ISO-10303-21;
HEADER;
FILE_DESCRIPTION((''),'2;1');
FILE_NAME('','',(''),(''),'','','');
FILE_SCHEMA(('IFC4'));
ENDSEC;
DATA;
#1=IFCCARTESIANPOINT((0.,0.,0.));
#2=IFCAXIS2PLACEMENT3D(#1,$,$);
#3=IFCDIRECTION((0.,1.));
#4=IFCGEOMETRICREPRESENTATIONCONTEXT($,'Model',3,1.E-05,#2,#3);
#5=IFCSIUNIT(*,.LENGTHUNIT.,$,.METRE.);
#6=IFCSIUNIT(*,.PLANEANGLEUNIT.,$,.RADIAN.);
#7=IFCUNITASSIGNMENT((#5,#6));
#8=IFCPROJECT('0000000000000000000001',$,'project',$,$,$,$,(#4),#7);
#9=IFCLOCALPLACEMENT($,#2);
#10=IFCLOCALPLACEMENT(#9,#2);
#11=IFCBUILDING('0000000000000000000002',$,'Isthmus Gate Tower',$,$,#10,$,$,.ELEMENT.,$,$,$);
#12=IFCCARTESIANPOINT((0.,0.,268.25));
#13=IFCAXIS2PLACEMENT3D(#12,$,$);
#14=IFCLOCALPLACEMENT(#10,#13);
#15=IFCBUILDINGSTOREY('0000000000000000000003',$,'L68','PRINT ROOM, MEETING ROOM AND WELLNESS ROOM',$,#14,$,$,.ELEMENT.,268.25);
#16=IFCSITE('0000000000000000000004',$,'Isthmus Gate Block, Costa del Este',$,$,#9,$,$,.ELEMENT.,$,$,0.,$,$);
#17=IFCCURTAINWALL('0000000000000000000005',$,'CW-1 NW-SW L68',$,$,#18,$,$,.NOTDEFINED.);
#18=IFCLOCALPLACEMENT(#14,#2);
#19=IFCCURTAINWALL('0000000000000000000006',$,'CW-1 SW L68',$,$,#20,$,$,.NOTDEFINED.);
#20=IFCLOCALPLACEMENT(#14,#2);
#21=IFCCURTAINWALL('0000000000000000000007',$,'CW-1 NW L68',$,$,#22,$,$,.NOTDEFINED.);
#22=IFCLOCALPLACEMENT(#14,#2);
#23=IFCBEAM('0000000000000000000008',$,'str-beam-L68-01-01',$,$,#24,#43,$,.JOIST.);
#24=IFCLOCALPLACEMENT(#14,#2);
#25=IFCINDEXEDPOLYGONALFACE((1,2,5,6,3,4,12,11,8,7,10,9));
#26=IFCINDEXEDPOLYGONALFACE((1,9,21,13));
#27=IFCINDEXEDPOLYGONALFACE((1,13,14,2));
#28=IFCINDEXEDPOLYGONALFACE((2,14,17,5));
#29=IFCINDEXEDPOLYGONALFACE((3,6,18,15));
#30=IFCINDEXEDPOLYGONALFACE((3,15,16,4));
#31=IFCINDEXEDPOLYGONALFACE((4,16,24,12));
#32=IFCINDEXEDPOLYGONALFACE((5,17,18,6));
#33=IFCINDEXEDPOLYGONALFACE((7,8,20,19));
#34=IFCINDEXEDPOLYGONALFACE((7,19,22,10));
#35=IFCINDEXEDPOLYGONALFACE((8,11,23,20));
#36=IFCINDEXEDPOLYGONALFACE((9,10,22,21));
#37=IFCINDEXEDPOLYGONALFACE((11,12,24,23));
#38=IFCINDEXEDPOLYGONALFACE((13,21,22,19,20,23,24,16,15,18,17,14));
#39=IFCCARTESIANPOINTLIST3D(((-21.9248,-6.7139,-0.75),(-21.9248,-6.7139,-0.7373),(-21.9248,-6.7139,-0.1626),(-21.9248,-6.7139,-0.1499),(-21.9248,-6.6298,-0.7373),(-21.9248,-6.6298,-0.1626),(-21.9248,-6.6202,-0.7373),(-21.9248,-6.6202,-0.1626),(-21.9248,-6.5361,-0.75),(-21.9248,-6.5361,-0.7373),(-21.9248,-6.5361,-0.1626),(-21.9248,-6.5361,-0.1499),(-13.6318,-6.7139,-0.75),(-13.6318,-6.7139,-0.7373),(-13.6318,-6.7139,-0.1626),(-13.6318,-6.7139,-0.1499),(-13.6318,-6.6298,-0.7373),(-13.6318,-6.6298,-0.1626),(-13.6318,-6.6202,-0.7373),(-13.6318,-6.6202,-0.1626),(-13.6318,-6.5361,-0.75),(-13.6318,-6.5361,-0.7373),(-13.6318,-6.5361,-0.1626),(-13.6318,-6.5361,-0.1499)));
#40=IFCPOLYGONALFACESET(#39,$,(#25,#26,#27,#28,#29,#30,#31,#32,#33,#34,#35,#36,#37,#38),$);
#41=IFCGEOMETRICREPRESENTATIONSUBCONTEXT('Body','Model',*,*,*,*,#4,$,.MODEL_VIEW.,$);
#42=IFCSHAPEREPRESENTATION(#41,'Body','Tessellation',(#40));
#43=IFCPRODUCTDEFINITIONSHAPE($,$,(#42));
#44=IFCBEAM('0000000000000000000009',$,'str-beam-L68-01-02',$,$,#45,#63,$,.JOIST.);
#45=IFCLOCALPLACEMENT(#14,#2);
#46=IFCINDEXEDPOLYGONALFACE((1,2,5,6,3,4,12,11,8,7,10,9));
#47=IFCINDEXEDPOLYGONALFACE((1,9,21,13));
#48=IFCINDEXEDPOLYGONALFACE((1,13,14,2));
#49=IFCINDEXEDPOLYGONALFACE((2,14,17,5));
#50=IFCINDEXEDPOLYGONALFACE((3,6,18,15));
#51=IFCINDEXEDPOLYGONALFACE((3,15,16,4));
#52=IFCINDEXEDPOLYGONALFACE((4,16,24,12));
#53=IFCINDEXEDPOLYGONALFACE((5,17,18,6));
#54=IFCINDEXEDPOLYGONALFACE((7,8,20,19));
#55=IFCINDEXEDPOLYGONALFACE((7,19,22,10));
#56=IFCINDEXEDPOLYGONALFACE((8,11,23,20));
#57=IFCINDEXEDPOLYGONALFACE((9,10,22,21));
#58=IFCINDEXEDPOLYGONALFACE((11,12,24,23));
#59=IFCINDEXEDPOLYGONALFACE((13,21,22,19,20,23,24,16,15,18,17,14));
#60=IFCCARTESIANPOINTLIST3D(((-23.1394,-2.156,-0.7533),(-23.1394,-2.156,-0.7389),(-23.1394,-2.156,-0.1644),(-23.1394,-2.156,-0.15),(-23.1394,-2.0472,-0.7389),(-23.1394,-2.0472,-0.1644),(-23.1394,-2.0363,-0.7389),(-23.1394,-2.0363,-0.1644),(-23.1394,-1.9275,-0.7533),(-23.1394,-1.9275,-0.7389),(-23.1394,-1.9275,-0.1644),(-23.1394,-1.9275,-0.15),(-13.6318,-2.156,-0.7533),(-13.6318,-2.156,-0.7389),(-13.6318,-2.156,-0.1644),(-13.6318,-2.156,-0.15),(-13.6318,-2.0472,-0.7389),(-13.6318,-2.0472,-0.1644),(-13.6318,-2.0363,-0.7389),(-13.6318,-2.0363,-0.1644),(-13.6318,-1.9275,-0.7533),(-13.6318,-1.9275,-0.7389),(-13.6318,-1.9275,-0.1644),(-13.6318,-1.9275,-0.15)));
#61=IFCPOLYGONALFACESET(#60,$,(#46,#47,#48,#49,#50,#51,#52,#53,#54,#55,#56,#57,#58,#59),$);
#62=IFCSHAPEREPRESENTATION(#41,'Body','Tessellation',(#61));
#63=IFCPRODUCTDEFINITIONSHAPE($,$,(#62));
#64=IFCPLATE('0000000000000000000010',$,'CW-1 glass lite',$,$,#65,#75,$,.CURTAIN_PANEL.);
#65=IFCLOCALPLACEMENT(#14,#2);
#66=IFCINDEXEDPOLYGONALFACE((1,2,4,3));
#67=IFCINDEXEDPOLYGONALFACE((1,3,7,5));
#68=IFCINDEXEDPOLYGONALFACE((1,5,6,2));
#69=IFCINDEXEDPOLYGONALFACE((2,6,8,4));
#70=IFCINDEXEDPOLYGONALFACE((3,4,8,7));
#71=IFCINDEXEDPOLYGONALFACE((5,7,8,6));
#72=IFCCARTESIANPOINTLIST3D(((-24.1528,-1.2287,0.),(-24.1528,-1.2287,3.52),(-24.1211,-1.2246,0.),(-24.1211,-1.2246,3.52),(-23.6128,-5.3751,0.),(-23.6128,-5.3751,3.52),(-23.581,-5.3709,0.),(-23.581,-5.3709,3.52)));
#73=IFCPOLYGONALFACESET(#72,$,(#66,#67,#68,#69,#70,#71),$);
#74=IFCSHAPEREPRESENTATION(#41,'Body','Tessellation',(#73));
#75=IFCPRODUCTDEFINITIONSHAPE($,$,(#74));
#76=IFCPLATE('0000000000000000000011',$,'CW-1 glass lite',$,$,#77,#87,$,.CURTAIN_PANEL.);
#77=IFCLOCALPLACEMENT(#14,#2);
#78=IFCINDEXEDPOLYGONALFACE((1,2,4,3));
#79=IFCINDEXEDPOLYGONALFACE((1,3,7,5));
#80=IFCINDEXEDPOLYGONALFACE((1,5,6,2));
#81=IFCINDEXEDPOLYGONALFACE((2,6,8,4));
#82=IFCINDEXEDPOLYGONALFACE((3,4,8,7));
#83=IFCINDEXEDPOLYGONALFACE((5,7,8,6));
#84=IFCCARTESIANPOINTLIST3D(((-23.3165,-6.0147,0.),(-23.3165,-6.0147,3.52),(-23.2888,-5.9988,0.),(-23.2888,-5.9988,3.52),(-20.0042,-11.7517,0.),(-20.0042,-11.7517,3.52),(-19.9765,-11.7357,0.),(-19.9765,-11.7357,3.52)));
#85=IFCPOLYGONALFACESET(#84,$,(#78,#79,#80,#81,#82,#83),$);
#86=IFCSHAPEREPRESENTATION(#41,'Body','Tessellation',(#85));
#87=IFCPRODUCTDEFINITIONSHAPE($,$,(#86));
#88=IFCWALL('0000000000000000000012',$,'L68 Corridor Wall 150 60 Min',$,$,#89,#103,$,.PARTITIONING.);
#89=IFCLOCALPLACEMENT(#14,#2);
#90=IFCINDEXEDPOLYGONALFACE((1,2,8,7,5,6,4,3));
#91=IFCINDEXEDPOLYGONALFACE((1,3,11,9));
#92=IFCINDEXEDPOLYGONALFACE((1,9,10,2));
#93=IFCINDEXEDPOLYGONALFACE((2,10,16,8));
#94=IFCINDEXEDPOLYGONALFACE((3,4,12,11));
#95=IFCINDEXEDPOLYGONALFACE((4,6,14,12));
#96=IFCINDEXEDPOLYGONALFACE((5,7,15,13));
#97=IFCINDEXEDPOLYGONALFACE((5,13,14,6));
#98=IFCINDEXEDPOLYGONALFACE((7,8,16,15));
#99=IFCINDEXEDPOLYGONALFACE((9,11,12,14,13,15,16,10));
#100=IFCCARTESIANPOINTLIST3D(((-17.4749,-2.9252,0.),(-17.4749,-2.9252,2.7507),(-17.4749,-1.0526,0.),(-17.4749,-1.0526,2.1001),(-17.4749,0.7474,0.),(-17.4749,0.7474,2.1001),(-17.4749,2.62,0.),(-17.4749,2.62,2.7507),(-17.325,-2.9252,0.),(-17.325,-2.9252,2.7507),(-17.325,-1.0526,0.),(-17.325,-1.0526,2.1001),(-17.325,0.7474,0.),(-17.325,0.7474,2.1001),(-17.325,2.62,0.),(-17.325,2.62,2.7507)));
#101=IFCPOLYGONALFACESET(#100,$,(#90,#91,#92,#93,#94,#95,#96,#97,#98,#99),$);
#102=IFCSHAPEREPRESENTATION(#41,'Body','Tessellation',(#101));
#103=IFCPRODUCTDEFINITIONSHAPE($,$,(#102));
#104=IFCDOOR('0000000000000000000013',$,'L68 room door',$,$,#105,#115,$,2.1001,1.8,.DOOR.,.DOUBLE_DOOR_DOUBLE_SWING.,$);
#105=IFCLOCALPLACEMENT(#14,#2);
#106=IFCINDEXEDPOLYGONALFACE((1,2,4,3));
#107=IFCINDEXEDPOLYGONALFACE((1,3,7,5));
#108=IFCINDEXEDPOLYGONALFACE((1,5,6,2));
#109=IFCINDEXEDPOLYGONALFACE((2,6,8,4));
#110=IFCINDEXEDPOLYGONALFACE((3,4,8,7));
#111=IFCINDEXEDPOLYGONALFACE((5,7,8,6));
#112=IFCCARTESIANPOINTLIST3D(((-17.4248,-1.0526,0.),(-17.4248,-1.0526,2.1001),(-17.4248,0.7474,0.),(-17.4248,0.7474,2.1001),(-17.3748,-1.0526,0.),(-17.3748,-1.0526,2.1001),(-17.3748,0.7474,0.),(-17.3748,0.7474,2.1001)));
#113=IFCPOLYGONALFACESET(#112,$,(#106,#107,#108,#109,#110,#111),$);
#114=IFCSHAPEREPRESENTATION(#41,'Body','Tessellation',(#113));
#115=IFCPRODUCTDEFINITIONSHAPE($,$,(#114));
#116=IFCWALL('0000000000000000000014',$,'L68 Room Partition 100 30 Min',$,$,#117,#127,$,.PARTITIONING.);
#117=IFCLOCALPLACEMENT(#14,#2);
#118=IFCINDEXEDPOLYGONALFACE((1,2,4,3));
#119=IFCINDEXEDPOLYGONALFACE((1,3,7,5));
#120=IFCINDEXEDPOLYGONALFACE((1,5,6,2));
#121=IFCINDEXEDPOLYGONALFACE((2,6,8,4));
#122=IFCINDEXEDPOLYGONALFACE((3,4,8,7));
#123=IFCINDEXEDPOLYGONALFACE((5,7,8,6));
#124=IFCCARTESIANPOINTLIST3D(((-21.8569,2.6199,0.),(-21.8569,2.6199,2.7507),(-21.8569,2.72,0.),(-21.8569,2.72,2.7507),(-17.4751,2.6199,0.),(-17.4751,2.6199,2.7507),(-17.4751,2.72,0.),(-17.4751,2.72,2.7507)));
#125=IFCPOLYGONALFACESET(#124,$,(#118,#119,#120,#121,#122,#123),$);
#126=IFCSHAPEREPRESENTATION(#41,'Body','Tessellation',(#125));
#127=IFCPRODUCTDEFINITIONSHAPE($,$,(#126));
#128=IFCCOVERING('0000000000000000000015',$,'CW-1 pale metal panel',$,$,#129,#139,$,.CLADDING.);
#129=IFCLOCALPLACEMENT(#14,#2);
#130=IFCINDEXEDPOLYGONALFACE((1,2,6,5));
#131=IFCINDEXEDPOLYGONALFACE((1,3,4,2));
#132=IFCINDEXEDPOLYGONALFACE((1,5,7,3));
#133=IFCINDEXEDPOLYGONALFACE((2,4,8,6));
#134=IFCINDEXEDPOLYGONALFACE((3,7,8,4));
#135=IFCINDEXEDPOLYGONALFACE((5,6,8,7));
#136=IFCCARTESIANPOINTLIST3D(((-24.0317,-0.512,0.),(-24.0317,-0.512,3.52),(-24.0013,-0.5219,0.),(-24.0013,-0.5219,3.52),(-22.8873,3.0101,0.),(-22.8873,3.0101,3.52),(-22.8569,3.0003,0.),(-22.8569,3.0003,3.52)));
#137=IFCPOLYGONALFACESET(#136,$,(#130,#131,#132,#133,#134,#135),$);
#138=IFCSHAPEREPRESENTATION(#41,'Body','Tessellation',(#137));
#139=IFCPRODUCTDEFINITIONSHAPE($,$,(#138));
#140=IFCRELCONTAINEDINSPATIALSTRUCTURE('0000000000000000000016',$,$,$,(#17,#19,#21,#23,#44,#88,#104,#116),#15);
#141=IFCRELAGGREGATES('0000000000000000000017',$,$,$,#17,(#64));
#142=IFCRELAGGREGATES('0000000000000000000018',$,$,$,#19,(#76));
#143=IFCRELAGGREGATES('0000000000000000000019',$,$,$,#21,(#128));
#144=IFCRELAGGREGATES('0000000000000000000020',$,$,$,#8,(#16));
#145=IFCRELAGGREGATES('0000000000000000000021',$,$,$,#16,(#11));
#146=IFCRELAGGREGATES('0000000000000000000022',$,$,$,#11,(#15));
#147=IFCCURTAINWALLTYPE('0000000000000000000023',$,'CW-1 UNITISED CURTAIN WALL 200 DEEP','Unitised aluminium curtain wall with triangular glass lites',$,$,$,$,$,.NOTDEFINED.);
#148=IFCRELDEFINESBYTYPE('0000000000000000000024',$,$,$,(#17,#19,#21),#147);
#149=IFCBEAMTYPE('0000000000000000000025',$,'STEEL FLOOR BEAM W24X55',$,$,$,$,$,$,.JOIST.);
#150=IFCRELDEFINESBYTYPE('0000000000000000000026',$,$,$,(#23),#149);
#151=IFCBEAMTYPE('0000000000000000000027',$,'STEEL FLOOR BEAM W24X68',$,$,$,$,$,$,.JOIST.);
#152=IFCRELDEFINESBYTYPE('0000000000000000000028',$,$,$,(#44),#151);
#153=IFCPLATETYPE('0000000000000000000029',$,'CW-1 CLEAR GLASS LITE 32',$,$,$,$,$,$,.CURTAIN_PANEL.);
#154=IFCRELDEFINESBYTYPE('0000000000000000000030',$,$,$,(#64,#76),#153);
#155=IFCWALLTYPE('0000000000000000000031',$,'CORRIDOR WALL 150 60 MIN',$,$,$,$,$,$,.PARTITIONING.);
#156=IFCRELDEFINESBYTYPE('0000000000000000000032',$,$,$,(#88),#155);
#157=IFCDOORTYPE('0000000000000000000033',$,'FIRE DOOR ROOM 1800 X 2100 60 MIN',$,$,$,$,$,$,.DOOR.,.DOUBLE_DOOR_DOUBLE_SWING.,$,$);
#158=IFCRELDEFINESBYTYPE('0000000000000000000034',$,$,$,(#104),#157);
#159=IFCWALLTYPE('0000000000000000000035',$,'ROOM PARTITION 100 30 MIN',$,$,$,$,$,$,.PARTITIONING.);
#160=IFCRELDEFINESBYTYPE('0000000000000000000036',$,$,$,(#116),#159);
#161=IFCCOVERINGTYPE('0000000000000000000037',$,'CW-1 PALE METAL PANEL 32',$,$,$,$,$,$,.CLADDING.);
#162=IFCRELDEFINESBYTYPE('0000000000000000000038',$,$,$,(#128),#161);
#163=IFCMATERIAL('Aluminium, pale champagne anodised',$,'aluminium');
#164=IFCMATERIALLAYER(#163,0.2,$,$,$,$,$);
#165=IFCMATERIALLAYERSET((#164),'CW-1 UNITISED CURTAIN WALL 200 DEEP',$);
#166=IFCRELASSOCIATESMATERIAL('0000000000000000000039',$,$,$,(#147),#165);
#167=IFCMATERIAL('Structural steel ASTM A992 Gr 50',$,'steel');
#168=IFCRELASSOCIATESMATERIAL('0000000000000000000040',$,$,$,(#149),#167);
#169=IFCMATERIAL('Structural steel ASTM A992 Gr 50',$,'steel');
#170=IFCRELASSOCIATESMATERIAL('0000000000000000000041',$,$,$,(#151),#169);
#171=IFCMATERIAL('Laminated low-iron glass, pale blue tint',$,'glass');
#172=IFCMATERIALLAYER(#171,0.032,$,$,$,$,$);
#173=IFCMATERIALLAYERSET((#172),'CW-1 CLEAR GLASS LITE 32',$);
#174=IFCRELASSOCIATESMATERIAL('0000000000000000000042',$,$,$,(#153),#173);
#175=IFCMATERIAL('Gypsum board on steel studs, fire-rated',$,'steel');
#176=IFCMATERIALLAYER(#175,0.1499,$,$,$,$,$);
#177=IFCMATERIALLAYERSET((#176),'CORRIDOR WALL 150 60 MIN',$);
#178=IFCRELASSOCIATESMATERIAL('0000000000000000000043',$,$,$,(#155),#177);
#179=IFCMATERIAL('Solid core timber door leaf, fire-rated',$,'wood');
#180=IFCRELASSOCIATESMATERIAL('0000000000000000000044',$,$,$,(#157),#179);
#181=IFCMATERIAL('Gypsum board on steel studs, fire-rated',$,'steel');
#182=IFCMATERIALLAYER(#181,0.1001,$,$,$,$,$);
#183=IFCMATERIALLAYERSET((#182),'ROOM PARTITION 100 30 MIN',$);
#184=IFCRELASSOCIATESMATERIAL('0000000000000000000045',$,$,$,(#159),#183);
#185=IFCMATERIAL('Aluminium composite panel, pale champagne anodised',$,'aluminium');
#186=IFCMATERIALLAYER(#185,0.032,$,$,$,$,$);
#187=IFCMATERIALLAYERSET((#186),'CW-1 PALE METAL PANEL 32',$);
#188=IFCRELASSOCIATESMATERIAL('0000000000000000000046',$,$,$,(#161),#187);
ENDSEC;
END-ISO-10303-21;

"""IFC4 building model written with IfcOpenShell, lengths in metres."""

from ifc_helpers import new_model, si_unit, direction, frame, frame_2d, origin, origin_2d, place, context, subcontext, project, spatial, rectangle, i_section, extrude, material, layer, layer_set, material_profile, profile_set, type_object, element, fill, aggregate, save


model = new_model("IFC4")

# Units and contexts
model_context = context("Model", 3, precision=1e-05, world=origin(), true_north=direction((0.0, 1.0)))
body_context = subcontext(model_context, "Body", "Model", "MODEL_VIEW")
ifc_project = project(units=[si_unit("LENGTHUNIT", "METRE"), si_unit("PLANEANGLEUNIT", "RADIAN")], contexts=[model_context])

# Site, building, storey
site_placement = place(None, origin())
site = spatial("IfcSite", under=ifc_project, at=site_placement, Name="Isthmus Gate Block, Costa del Este", CompositionType="ELEMENT", RefElevation=0.0)
building_placement = place(site_placement, origin())
building = spatial("IfcBuilding", under=site, at=building_placement, Name="Isthmus Gate Tower", CompositionType="ELEMENT")
storey_placement = place(building_placement, frame((0.0, 0.0, 268.25)))
storey = spatial("IfcBuildingStorey", under=building, at=storey_placement, Name="L68", Description="PRINT ROOM, MEETING ROOM AND WELLNESS ROOM", CompositionType="ELEMENT", Elevation=268.25)

# Curtain walls
ifc_material_1 = material(Name="Aluminium, pale champagne anodised", Category="aluminium")
ifc_layer_1 = layer(ifc_material_1, 0.2)
ifc_layer_set_1 = layer_set([ifc_layer_1], Name="CW-1 UNITISED CURTAIN WALL 200 DEEP")
curtain_wall_type = type_object("IfcCurtainWallType", Name="CW-1 UNITISED CURTAIN WALL 200 DEEP", Description="Unitised aluminium curtain wall with triangular glass lites", PredefinedType="NOTDEFINED", material=ifc_layer_set_1)
curtain_wall_1_placement = place(storey_placement, origin())
curtain_wall_1 = element("IfcCurtainWall", 1, at=curtain_wall_1_placement, inside=storey, type_object=curtain_wall_type, Name="CW-1 NW-SW L68", PredefinedType="NOTDEFINED")
curtain_wall_2_placement = place(storey_placement, origin())
curtain_wall_2 = element("IfcCurtainWall", 2, at=curtain_wall_2_placement, inside=storey, type_object=curtain_wall_type, Name="CW-1 SW L68", PredefinedType="NOTDEFINED")
curtain_wall_3_placement = place(storey_placement, origin())
curtain_wall_3 = element("IfcCurtainWall", 3, at=curtain_wall_3_placement, inside=storey, type_object=curtain_wall_type, Name="CW-1 NW L68", PredefinedType="NOTDEFINED")

# Beams
ifc_material_2 = material(Name="Structural steel ASTM A992 Gr 50", Category="steel")
ifc_material_profile_1 = material_profile(ifc_material_2, i_section(OverallWidth=0.1777, OverallDepth=0.6001, WebThickness=0.0095, FlangeThickness=0.0127, at=origin_2d()), Name="W24X55")
ifc_profile_set_1 = profile_set([ifc_material_profile_1], Name="Structural steel ASTM A992 Gr 50")
beam_type_1 = type_object("IfcBeamType", Name="STEEL FLOOR BEAM W24X55", PredefinedType="JOIST", material=ifc_profile_set_1)
beam_1_placement = place(storey_placement, frame((-21.9248, -6.625, -0.45), z_axis=(1.0, 0.0, 0.0), x_axis=(0.0, 1.0, 0.0)))
element("IfcBeam", 4, at=beam_1_placement, inside=storey, type_object=beam_type_1, Name="str-beam-L68-01-01", PredefinedType="JOIST", context=body_context, shape_type="SweptSolid", body=[
    extrude(i_section(OverallWidth=0.1777, OverallDepth=0.6001, WebThickness=0.0095, FlangeThickness=0.0127, at=origin_2d()), origin(), (0.0, 0.0, 1.0), 8.293),
])
ifc_material_3 = material(Name="Structural steel ASTM A992 Gr 50", Category="steel")
ifc_material_profile_2 = material_profile(ifc_material_3, i_section(OverallWidth=0.2285, OverallDepth=0.6033, WebThickness=0.011, FlangeThickness=0.0144, at=origin_2d()), Name="W24X68")
ifc_profile_set_2 = profile_set([ifc_material_profile_2], Name="Structural steel ASTM A992 Gr 50")
beam_type_2 = type_object("IfcBeamType", Name="STEEL FLOOR BEAM W24X68", PredefinedType="JOIST", material=ifc_profile_set_2)
beam_2_placement = place(storey_placement, frame((-23.1394, -2.0417, -0.4517), z_axis=(1.0, 0.0, 0.0), x_axis=(0.0, 1.0, 0.0)))
element("IfcBeam", 5, at=beam_2_placement, inside=storey, type_object=beam_type_2, Name="str-beam-L68-01-02", PredefinedType="JOIST", context=body_context, shape_type="SweptSolid", body=[
    extrude(i_section(OverallWidth=0.2285, OverallDepth=0.6033, WebThickness=0.011, FlangeThickness=0.0144, at=origin_2d()), origin(), (0.0, 0.0, 1.0), 9.5076),
])

# Plates
ifc_material_4 = material(Name="Laminated low-iron glass, pale blue tint", Category="glass")
ifc_layer_2 = layer(ifc_material_4, 0.032)
ifc_layer_set_2 = layer_set([ifc_layer_2], Name="CW-1 CLEAR GLASS LITE 32")
plate_type = type_object("IfcPlateType", Name="CW-1 CLEAR GLASS LITE 32", PredefinedType="CURTAIN_PANEL", material=ifc_layer_set_2)
plate_1_placement = place(storey_placement, frame((-23.8669, -3.2998, 0.0), z_axis=(0.0, 0.0, 1.0), x_axis=(0.129165, -0.991623, 0.0)))
plate_1 = element("IfcPlate", 6, at=plate_1_placement, type_object=plate_type, Name="CW-1 glass lite", PredefinedType="CURTAIN_PANEL", context=body_context, shape_type="SweptSolid", body=[
    extrude(rectangle(XDim=4.1814, YDim=0.032, at=origin_2d()), origin(), (0.0, 0.0, 1.0), 3.52),
])
aggregate(curtain_wall_1, [plate_1])
plate_2_placement = place(storey_placement, frame((-21.6465, -8.8752, 0.0), z_axis=(0.0, 0.0, 1.0), x_axis=(0.5, -0.866025, 0.0)))
plate_2 = element("IfcPlate", 7, at=plate_2_placement, type_object=plate_type, Name="CW-1 glass lite", PredefinedType="CURTAIN_PANEL", context=body_context, shape_type="SweptSolid", body=[
    extrude(rectangle(XDim=6.6245, YDim=0.032, at=origin_2d()), origin(), (0.0, 0.0, 1.0), 3.52),
])
aggregate(curtain_wall_2, [plate_2])

# Wall, opening, door
ifc_material_5 = material(Name="Gypsum board on steel studs, fire-rated", Category="steel")
ifc_layer_3 = layer(ifc_material_5, 0.1499)
ifc_layer_set_3 = layer_set([ifc_layer_3], Name="CORRIDOR WALL 150 60 MIN")
wall_type_1 = type_object("IfcWallType", Name="CORRIDOR WALL 150 60 MIN", PredefinedType="PARTITIONING", material=ifc_layer_set_3)
wall_1_placement = place(storey_placement, frame((-17.3999, -2.925, 0.0), z_axis=(0.0, 0.0, 1.0), x_axis=(0.0, 1.0, 0.0)))
wall_1 = element("IfcWall", 8, at=wall_1_placement, inside=storey, type_object=wall_type_1, Name="L68 Corridor Wall 150 60 Min", PredefinedType="PARTITIONING", context=body_context, shape_type="SweptSolid", body=[
    extrude(rectangle(XDim=5.5452, YDim=0.1499, at=frame_2d((2.7725, 0.0))), origin(), (0.0, 0.0, 1.0), 2.7507),
])
opening_placement = place(wall_1_placement, frame((1.8726, 0.0, 0.0)))
opening = element("IfcOpeningElement", 9, at=opening_placement, cuts=wall_1, PredefinedType="OPENING", context=body_context, shape_type="SweptSolid", body=[
    extrude(rectangle(XDim=1.8, YDim=2.1001, at=frame_2d((0.8999, 1.05))), frame((0.0, 0.085, 0.0), z_axis=(0.0, -1.0, 0.0), x_axis=(1.0, 0.0, 0.0)), (0.0, 0.0, 1.0), 0.1699),
])
ifc_material_6 = material(Name="Solid core timber door leaf, fire-rated", Category="wood")
door_type = type_object("IfcDoorType", Name="FIRE DOOR ROOM 1800 X 2100 60 MIN", OperationType="DOUBLE_DOOR_DOUBLE_SWING", PredefinedType="DOOR", material=ifc_material_6)
door_placement = place(opening_placement, origin())
door = element("IfcDoor", 10, at=door_placement, inside=storey, type_object=door_type, Name="L68 room door", OperationType="DOUBLE_DOOR_DOUBLE_SWING", OverallHeight=2.1001, OverallWidth=1.8, PredefinedType="DOOR", context=body_context, shape_type="SweptSolid", body=[
    extrude(rectangle(XDim=1.8, YDim=2.1001, at=frame_2d((0.8999, 1.05))), frame((0.0, 0.0249, 0.0), z_axis=(0.0, -1.0, 0.0), x_axis=(1.0, 0.0, 0.0)), (0.0, 0.0, 1.0), 0.05),
])
fill(opening, door)

# Wall
ifc_material_7 = material(Name="Gypsum board on steel studs, fire-rated", Category="steel")
ifc_layer_4 = layer(ifc_material_7, 0.1001)
ifc_layer_set_4 = layer_set([ifc_layer_4], Name="ROOM PARTITION 100 30 MIN")
wall_type_2 = type_object("IfcWallType", Name="ROOM PARTITION 100 30 MIN", PredefinedType="PARTITIONING", material=ifc_layer_set_4)
wall_2_placement = place(storey_placement, frame((-21.8569, 2.6699, 0.0), z_axis=(0.0, 0.0, 1.0), x_axis=(1.0, 0.0, 0.0)))
element("IfcWall", 11, at=wall_2_placement, inside=storey, type_object=wall_type_2, Name="L68 Room Partition 100 30 Min", PredefinedType="PARTITIONING", context=body_context, shape_type="SweptSolid", body=[
    extrude(rectangle(XDim=4.3818, YDim=0.1001, at=frame_2d((2.1909, 0.0))), origin(), (0.0, 0.0, 1.0), 2.7507),
])

# Covering
ifc_material_8 = material(Name="Aluminium composite panel, pale champagne anodised", Category="aluminium")
ifc_layer_5 = layer(ifc_material_8, 0.032)
ifc_layer_set_5 = layer_set([ifc_layer_5], Name="CW-1 PALE METAL PANEL 32")
covering_type = type_object("IfcCoveringType", Name="CW-1 PALE METAL PANEL 32", PredefinedType="CLADDING", material=ifc_layer_set_5)
covering_placement = place(storey_placement, frame((-23.4443, 1.2441, 0.0), z_axis=(0.0, 0.0, 1.0), x_axis=(-0.309017, -0.951057, 0.0)))
covering = element("IfcCovering", 12, at=covering_placement, type_object=covering_type, Name="CW-1 pale metal panel", PredefinedType="CLADDING", context=body_context, shape_type="SweptSolid", body=[
    extrude(rectangle(XDim=3.7034, YDim=0.032, at=origin_2d()), origin(), (0.0, 0.0, 1.0), 3.52),
])
aggregate(curtain_wall_3, [covering])

save(model, "model.ifc")
